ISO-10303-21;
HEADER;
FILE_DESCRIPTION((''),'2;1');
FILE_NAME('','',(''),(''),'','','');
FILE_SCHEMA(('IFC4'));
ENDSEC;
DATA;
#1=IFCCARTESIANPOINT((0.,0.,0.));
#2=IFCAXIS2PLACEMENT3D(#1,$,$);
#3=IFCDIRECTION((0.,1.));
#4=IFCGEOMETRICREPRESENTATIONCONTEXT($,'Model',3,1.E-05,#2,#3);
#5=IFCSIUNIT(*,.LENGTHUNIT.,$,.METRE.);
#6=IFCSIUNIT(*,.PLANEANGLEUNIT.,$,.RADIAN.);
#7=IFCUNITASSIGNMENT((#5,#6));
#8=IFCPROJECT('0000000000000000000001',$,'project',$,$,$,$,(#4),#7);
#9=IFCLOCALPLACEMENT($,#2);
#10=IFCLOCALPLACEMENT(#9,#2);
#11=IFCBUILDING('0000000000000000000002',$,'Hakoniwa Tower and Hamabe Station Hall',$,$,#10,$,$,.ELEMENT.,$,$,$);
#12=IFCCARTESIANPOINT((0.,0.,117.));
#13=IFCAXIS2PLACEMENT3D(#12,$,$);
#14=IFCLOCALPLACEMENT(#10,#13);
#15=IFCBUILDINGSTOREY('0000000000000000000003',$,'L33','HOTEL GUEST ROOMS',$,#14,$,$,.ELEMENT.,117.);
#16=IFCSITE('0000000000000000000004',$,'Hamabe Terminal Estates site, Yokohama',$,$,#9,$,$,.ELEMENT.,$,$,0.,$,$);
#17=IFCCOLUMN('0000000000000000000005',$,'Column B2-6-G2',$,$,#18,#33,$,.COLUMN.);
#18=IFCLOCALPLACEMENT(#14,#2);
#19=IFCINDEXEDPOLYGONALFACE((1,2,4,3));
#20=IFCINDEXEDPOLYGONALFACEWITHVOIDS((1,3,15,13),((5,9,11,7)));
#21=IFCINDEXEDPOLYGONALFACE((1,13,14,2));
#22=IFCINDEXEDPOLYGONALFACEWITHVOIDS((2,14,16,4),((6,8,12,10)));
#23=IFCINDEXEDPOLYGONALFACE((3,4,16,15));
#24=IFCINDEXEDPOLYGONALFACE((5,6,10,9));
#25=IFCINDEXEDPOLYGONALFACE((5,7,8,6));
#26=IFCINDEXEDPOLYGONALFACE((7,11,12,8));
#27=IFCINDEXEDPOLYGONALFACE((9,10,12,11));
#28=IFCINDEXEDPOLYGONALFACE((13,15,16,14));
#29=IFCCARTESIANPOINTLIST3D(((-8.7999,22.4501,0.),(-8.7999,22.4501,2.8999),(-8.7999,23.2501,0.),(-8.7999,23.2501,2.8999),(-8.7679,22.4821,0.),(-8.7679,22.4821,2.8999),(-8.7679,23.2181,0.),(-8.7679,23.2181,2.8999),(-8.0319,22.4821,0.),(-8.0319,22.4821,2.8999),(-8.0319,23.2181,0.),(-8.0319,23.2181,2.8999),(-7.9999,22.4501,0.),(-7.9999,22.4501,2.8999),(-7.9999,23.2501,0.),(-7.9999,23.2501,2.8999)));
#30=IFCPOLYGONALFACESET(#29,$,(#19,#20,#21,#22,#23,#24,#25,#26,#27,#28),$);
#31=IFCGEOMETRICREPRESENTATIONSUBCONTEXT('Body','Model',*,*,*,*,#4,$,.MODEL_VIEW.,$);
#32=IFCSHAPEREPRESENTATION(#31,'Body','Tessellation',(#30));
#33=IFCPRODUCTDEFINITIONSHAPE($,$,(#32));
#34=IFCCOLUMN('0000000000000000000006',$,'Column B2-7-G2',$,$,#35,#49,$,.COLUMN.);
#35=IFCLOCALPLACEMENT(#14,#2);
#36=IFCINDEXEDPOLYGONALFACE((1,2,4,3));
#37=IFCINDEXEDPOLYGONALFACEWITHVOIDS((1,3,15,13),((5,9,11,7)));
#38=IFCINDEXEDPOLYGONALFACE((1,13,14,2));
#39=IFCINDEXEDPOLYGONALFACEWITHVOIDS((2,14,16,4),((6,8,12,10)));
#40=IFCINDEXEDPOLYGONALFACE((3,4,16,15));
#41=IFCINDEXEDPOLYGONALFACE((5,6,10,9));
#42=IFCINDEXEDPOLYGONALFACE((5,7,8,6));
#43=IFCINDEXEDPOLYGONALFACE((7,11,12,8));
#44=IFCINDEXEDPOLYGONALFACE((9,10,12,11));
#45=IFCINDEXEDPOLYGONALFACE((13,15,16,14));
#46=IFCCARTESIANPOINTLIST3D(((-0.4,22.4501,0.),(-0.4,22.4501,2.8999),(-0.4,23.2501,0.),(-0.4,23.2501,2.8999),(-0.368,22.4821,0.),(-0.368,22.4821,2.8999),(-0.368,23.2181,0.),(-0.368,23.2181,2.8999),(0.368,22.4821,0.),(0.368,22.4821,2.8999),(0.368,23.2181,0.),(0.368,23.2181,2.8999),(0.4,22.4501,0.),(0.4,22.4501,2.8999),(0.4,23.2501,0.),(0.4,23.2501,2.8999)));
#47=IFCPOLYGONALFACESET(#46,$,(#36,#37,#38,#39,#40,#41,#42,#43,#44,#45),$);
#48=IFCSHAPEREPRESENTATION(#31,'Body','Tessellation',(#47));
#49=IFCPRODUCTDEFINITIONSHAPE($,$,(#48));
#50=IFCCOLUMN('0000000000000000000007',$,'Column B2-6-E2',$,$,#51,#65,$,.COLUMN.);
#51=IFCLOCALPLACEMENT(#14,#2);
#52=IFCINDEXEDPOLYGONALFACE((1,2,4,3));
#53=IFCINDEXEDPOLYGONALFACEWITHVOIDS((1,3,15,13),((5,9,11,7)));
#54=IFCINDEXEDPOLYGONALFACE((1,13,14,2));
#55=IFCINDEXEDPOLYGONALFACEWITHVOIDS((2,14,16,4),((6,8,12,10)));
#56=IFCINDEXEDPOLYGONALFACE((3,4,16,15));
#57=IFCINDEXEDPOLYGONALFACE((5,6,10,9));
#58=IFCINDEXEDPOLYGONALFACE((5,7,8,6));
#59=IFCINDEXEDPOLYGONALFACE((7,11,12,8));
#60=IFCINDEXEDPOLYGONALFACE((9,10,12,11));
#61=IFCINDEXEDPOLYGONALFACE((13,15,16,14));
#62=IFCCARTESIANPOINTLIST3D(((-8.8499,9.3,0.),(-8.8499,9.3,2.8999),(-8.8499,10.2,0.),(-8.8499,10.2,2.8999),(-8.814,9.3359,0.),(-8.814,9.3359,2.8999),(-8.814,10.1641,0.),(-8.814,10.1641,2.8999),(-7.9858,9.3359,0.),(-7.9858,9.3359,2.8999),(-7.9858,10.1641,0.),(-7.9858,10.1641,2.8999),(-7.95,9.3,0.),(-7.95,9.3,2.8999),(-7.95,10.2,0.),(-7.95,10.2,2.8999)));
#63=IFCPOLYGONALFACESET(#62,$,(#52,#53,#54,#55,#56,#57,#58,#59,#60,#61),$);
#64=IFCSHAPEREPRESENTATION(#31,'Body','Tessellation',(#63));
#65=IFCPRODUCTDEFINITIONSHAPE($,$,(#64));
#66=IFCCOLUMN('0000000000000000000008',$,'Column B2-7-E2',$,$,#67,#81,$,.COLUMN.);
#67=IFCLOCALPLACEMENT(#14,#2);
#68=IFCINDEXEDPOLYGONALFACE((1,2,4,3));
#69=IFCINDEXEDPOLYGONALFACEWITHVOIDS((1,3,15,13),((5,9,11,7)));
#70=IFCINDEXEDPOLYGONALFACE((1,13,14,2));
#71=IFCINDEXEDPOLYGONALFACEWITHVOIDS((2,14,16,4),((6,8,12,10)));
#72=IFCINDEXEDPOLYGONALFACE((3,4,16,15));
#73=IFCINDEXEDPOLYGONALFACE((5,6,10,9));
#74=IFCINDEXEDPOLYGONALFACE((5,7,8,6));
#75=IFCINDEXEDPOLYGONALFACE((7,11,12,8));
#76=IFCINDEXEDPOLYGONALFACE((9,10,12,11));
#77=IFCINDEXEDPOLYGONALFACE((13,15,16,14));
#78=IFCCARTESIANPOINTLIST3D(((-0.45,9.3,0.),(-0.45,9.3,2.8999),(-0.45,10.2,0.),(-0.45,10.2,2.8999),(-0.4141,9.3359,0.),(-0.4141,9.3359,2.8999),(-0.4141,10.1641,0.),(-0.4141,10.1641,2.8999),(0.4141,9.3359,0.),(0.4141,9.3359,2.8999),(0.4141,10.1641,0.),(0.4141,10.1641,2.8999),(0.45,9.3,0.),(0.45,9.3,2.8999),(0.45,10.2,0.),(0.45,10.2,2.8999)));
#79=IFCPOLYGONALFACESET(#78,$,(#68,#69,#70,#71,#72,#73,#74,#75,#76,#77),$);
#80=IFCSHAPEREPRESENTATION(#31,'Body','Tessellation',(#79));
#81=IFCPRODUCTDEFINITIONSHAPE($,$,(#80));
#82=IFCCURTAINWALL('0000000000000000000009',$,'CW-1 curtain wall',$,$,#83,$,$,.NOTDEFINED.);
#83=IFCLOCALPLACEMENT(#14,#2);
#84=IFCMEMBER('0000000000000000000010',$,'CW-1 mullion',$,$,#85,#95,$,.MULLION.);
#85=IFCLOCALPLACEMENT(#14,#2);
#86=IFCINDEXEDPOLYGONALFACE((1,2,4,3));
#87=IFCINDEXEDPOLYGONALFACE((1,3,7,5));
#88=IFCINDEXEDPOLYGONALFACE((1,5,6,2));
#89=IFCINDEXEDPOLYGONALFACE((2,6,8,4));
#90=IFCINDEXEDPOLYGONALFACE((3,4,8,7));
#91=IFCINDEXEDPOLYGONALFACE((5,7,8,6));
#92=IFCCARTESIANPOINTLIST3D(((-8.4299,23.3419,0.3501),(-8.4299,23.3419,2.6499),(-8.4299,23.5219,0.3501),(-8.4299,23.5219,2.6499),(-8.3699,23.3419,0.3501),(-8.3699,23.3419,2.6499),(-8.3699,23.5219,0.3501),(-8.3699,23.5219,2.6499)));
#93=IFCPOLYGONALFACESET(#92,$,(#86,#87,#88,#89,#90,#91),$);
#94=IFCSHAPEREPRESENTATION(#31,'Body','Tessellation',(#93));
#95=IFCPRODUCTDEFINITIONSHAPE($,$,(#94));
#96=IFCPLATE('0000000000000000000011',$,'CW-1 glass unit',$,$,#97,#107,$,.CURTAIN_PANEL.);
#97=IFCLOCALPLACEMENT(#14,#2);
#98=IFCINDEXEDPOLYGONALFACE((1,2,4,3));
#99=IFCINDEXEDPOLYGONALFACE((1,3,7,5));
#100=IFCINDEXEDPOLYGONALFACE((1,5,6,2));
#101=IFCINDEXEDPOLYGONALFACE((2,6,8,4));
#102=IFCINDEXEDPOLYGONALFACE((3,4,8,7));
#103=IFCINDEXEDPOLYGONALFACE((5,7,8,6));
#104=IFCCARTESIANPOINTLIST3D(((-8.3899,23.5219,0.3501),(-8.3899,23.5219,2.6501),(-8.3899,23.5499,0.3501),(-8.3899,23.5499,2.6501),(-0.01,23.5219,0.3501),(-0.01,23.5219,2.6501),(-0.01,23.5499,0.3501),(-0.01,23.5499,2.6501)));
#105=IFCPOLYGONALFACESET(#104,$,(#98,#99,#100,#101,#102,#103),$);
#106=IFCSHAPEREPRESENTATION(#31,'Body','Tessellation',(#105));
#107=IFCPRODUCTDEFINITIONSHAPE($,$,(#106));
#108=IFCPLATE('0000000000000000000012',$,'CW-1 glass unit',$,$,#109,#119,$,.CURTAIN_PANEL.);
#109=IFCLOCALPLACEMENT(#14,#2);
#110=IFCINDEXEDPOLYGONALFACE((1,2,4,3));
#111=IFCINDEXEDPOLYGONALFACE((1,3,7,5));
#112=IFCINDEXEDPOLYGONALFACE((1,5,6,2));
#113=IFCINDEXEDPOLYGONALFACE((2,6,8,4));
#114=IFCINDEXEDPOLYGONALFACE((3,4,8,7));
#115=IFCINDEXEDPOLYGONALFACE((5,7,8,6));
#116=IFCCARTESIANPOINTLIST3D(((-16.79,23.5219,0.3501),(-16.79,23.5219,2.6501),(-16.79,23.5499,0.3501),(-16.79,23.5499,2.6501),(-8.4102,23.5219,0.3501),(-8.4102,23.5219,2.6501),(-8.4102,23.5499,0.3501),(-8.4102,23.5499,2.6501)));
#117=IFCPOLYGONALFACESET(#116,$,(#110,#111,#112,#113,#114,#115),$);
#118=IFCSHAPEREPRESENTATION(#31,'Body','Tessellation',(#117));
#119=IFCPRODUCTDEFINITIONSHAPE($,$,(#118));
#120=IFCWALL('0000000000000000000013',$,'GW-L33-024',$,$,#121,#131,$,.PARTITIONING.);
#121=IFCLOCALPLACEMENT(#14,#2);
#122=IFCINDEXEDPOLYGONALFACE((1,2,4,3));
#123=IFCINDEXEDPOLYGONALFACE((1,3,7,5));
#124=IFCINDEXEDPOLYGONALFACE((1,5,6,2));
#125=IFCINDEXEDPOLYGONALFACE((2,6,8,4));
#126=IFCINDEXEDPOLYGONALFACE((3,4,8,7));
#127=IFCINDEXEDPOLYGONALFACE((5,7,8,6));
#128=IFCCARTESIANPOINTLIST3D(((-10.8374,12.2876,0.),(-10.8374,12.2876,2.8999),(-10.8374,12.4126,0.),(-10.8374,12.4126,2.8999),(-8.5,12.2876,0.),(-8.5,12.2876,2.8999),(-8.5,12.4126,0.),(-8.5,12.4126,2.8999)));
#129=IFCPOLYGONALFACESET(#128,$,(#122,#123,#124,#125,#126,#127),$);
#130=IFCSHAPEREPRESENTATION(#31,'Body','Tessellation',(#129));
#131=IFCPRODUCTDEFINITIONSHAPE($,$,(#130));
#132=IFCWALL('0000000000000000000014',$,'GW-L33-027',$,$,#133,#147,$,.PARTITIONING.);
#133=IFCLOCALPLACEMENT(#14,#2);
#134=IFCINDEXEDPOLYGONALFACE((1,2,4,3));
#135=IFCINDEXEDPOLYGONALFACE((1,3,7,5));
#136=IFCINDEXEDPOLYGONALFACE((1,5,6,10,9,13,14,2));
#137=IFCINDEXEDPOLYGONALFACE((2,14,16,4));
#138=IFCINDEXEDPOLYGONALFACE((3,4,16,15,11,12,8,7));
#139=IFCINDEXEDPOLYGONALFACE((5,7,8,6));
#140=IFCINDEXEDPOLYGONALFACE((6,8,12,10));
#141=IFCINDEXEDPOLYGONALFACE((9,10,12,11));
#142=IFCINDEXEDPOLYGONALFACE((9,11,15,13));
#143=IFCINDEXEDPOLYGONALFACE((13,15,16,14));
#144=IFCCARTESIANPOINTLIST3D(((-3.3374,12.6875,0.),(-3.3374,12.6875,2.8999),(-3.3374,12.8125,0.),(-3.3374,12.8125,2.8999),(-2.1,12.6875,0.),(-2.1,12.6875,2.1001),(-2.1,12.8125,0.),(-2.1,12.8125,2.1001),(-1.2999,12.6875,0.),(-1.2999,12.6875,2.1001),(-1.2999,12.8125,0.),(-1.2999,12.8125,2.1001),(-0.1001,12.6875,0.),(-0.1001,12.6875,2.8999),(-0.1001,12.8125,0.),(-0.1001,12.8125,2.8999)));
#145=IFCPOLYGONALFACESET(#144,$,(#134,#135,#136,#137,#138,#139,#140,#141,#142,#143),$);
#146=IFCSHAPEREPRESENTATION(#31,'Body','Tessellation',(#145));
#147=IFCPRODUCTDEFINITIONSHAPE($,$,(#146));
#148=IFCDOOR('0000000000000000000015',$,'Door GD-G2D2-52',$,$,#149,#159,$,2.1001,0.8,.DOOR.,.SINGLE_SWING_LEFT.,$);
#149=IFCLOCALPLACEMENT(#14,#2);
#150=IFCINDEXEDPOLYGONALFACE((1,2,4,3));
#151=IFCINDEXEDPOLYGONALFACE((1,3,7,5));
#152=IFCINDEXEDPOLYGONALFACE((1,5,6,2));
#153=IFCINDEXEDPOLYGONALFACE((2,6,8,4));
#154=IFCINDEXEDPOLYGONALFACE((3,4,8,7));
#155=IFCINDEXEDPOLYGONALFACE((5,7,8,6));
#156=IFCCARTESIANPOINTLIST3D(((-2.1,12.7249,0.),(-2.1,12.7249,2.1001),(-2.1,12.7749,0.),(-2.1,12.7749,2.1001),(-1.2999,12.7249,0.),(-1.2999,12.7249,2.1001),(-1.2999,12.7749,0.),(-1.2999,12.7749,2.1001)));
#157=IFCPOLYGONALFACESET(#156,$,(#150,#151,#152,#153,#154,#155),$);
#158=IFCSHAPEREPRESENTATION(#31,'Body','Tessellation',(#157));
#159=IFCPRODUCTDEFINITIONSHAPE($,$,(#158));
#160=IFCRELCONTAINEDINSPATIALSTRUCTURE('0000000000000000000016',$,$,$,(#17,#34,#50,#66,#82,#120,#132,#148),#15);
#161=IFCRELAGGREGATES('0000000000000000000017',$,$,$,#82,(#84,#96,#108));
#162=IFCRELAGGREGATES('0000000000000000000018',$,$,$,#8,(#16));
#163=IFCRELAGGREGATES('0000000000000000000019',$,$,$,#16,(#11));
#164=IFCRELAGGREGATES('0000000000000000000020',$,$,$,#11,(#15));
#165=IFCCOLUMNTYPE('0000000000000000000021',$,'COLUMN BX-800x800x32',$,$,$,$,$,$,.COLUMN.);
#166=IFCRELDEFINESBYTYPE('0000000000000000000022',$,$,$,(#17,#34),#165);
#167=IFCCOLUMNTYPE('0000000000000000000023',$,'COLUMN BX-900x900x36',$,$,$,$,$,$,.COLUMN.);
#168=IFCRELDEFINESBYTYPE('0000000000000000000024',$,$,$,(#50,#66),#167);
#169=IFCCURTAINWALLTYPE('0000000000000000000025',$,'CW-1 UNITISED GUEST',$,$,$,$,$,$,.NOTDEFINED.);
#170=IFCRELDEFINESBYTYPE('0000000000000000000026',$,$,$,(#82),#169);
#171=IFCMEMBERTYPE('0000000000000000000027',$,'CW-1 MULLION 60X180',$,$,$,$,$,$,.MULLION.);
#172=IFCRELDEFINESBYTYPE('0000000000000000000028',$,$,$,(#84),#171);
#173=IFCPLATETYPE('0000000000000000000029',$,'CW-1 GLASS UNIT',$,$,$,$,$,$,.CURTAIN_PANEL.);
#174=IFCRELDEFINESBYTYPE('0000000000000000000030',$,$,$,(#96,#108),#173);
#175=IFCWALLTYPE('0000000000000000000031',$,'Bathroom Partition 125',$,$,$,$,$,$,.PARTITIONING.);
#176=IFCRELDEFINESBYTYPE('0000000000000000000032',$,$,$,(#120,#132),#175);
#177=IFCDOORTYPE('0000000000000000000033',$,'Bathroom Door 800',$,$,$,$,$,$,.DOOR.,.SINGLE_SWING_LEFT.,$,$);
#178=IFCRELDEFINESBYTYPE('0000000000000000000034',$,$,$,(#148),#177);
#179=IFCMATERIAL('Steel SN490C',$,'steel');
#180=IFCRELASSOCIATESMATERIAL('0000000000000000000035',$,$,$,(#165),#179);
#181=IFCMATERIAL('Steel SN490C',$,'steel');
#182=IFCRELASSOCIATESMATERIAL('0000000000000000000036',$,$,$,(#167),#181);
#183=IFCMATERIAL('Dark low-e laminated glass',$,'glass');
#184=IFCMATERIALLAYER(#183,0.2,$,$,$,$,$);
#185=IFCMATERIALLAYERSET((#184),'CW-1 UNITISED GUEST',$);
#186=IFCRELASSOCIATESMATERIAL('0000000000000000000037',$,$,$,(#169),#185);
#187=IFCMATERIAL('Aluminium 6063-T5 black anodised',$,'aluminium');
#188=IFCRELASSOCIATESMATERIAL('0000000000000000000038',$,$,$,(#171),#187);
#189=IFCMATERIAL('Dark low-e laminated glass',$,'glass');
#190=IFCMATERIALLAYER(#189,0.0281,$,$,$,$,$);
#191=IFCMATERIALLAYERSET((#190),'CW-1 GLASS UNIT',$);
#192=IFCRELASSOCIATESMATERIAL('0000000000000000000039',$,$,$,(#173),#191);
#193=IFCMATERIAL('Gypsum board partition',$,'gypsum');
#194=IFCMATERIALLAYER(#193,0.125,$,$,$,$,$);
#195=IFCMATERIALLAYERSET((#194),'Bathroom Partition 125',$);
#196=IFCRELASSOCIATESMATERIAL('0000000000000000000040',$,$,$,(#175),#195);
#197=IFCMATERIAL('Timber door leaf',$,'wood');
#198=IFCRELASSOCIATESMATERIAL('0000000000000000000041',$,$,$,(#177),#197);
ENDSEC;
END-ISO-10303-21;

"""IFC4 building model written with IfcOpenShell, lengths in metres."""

from ifc_helpers import new_model, si_unit, direction, frame, frame_2d, origin, origin_2d, place, context, subcontext, project, spatial, rectangle, hollow_rectangle, extrude, material, layer, layer_set, material_profile, profile_set, type_object, element, fill, aggregate, save


model = new_model("IFC4")

# Units and contexts
model_context = context("Model", 3, precision=1e-05, world=origin(), true_north=direction((0.0, 1.0)))
body_context = subcontext(model_context, "Body", "Model", "MODEL_VIEW")
ifc_project = project(units=[si_unit("LENGTHUNIT", "METRE"), si_unit("PLANEANGLEUNIT", "RADIAN")], contexts=[model_context])

# Site, building, storey
site_placement = place(None, origin())
site = spatial("IfcSite", under=ifc_project, at=site_placement, Name="Hamabe Terminal Estates site, Yokohama", CompositionType="ELEMENT", RefElevation=0.0)
building_placement = place(site_placement, origin())
building = spatial("IfcBuilding", under=site, at=building_placement, Name="Hakoniwa Tower and Hamabe Station Hall", CompositionType="ELEMENT")
storey_placement = place(building_placement, frame((0.0, 0.0, 117.0)))
storey = spatial("IfcBuildingStorey", under=building, at=storey_placement, Name="L33", Description="HOTEL GUEST ROOMS", CompositionType="ELEMENT", Elevation=117.0)

# Columns
ifc_material_1 = material(Name="Steel SN490C", Category="steel")
ifc_material_profile_1 = material_profile(ifc_material_1, hollow_rectangle(XDim=0.8, YDim=0.8, WallThickness=0.032, at=origin_2d()), Name="BX-800x800x32")
ifc_profile_set_1 = profile_set([ifc_material_profile_1], Name="Steel SN490C")
column_type_1 = type_object("IfcColumnType", Name="COLUMN BX-800x800x32", PredefinedType="COLUMN", material=ifc_profile_set_1)
for number, where, z_axis, x_axis, name in (
    (1, (-8.3999, 22.8501, 0.0), (0.0, 0.0, 1.0), (1.0, 0.0, 0.0), "Column B2-6-G2"),
    (2, (0.0, 22.8501, 0.0), (0.0, 0.0, 1.0), (1.0, 0.0, 0.0), "Column B2-7-G2"),
):
    element("IfcColumn", number, at=place(storey_placement, frame(where, z_axis=z_axis, x_axis=x_axis)), inside=storey, type_object=column_type_1, Name=name, PredefinedType="COLUMN", context=body_context, shape_type="SweptSolid", body=[
        extrude(hollow_rectangle(XDim=0.8, YDim=0.8, WallThickness=0.032, at=origin_2d()), origin(), (0.0, 0.0, 1.0), 2.8999),
    ])
ifc_material_2 = material(Name="Steel SN490C", Category="steel")
ifc_material_profile_2 = material_profile(ifc_material_2, hollow_rectangle(XDim=0.8999, YDim=0.8999, WallThickness=0.0359, at=origin_2d()), Name="BX-900x900x36")
ifc_profile_set_2 = profile_set([ifc_material_profile_2], Name="Steel SN490C")
column_type_2 = type_object("IfcColumnType", Name="COLUMN BX-900x900x36", PredefinedType="COLUMN", material=ifc_profile_set_2)
for number, where, z_axis, x_axis, name in (
    (3, (-8.3999, 9.75, 0.0), (0.0, 0.0, 1.0), (1.0, 0.0, 0.0), "Column B2-6-E2"),
    (4, (0.0, 9.75, 0.0), (0.0, 0.0, 1.0), (1.0, 0.0, 0.0), "Column B2-7-E2"),
):
    element("IfcColumn", number, at=place(storey_placement, frame(where, z_axis=z_axis, x_axis=x_axis)), inside=storey, type_object=column_type_2, Name=name, PredefinedType="COLUMN", context=body_context, shape_type="SweptSolid", body=[
        extrude(hollow_rectangle(XDim=0.8999, YDim=0.8999, WallThickness=0.0359, at=origin_2d()), origin(), (0.0, 0.0, 1.0), 2.8999),
    ])

# Curtain wall, member, plates
ifc_material_3 = material(Name="Dark low-e laminated glass", Category="glass")
ifc_layer_1 = layer(ifc_material_3, 0.2)
ifc_layer_set_1 = layer_set([ifc_layer_1], Name="CW-1 UNITISED GUEST")
curtain_wall_type = type_object("IfcCurtainWallType", Name="CW-1 UNITISED GUEST", PredefinedType="NOTDEFINED", material=ifc_layer_set_1)
curtain_wall_placement = place(storey_placement, origin())
curtain_wall = element("IfcCurtainWall", 5, at=curtain_wall_placement, inside=storey, type_object=curtain_wall_type, Name="CW-1 curtain wall", PredefinedType="NOTDEFINED")
ifc_material_4 = material(Name="Aluminium 6063-T5 black anodised", Category="aluminium")
ifc_material_profile_3 = material_profile(ifc_material_4, rectangle(XDim=0.0601, YDim=0.1799, at=origin_2d()), Name="CW-1 MULLION 60X180")
ifc_profile_set_3 = profile_set([ifc_material_profile_3], Name="Aluminium 6063-T5 black anodised")
member_type = type_object("IfcMemberType", Name="CW-1 MULLION 60X180", PredefinedType="MULLION", material=ifc_profile_set_3)
member_placement = place(storey_placement, frame((-8.3999, 23.4319, 0.3501), z_axis=(0.0, 0.0, 1.0), x_axis=(-1.0, 0.0, 0.0)))
member = element("IfcMember", 6, at=member_placement, type_object=member_type, Name="CW-1 mullion", PredefinedType="MULLION", context=body_context, shape_type="SweptSolid", body=[
    extrude(rectangle(XDim=0.0601, YDim=0.1799, at=origin_2d()), origin(), (0.0, 0.0, 1.0), 2.2998),
])
ifc_material_5 = material(Name="Dark low-e laminated glass", Category="glass")
ifc_layer_2 = layer(ifc_material_5, 0.0281)
ifc_layer_set_2 = layer_set([ifc_layer_2], Name="CW-1 GLASS UNIT")
plate_type = type_object("IfcPlateType", Name="CW-1 GLASS UNIT", PredefinedType="CURTAIN_PANEL", material=ifc_layer_set_2)
plate_1_placement = place(storey_placement, frame((-4.2, 23.5359, 0.3501), z_axis=(0.0, 0.0, 1.0), x_axis=(-1.0, 0.0, 0.0)))
plate_1 = element("IfcPlate", 7, at=plate_1_placement, type_object=plate_type, Name="CW-1 glass unit", PredefinedType="CURTAIN_PANEL", context=body_context, shape_type="SweptSolid", body=[
    extrude(rectangle(XDim=8.3799, YDim=0.0281, at=origin_2d()), origin(), (0.0, 0.0, 1.0), 2.3),
])
plate_2_placement = place(storey_placement, frame((-12.6001, 23.5359, 0.3501), z_axis=(0.0, 0.0, 1.0), x_axis=(-1.0, 0.0, 0.0)))
plate_2 = element("IfcPlate", 8, at=plate_2_placement, type_object=plate_type, Name="CW-1 glass unit", PredefinedType="CURTAIN_PANEL", context=body_context, shape_type="SweptSolid", body=[
    extrude(rectangle(XDim=8.3799, YDim=0.0281, at=origin_2d()), origin(), (0.0, 0.0, 1.0), 2.3),
])
aggregate(curtain_wall, [member, plate_1, plate_2])

# Wall
ifc_material_6 = material(Name="Gypsum board partition", Category="gypsum")
ifc_layer_3 = layer(ifc_material_6, 0.125)
ifc_layer_set_3 = layer_set([ifc_layer_3], Name="Bathroom Partition 125")
wall_type_1 = type_object("IfcWallType", Name="Bathroom Partition 125", PredefinedType="PARTITIONING", material=ifc_layer_set_3)
wall_1_placement = place(storey_placement, frame((-10.8374, 12.3501, 0.0), z_axis=(0.0, 0.0, 1.0), x_axis=(1.0, 0.0, 0.0)))
element("IfcWall", 9, at=wall_1_placement, inside=storey, type_object=wall_type_1, Name="GW-L33-024", PredefinedType="PARTITIONING", context=body_context, shape_type="SweptSolid", body=[
    extrude(rectangle(XDim=2.3374, YDim=0.125, at=frame_2d((1.1687, 0.0))), origin(), (0.0, 0.0, 1.0), 2.8999),
])

# Wall, opening, door
wall_2_placement = place(storey_placement, frame((-3.3374, 12.75, 0.0), z_axis=(0.0, 0.0, 1.0), x_axis=(1.0, 0.0, 0.0)))
wall_2 = element("IfcWall", 10, at=wall_2_placement, inside=storey, type_object=wall_type_1, Name="GW-L33-027", PredefinedType="PARTITIONING", context=body_context, shape_type="SweptSolid", body=[
    extrude(rectangle(XDim=3.2373, YDim=0.125, at=frame_2d((1.6187, 0.0))), origin(), (0.0, 0.0, 1.0), 2.8999),
])
opening_1_placement = place(wall_2_placement, frame((1.2375, 0.0, 0.0)))
opening_1 = element("IfcOpeningElement", 11, at=opening_1_placement, cuts=wall_2, PredefinedType="OPENING", context=body_context, shape_type="SweptSolid", body=[
    extrude(rectangle(XDim=0.8, YDim=2.1001, at=frame_2d((0.3999, 1.05))), frame((0.0, 0.0725, 0.0), z_axis=(0.0, -1.0, 0.0), x_axis=(1.0, 0.0, 0.0)), (0.0, 0.0, 1.0), 0.145),
])
ifc_material_7 = material(Name="Timber door leaf", Category="wood")
door_type = type_object("IfcDoorType", Name="Bathroom Door 800", OperationType="SINGLE_SWING_LEFT", PredefinedType="DOOR", material=ifc_material_7)
door_1_placement = place(opening_1_placement, origin())
door_1 = element("IfcDoor", 12, at=door_1_placement, inside=storey, type_object=door_type, Name="Door GD-G2D2-52", OperationType="SINGLE_SWING_LEFT", OverallHeight=2.1001, OverallWidth=0.8, PredefinedType="DOOR", context=body_context, shape_type="SweptSolid", body=[
    extrude(rectangle(XDim=0.8, YDim=2.1001, at=frame_2d((0.3999, 1.05))), frame((0.0, 0.0249, 0.0), z_axis=(0.0, -1.0, 0.0), x_axis=(1.0, 0.0, 0.0)), (0.0, 0.0, 1.0), 0.05),
])
fill(opening_1, door_1)

save(model, "model.ifc")
